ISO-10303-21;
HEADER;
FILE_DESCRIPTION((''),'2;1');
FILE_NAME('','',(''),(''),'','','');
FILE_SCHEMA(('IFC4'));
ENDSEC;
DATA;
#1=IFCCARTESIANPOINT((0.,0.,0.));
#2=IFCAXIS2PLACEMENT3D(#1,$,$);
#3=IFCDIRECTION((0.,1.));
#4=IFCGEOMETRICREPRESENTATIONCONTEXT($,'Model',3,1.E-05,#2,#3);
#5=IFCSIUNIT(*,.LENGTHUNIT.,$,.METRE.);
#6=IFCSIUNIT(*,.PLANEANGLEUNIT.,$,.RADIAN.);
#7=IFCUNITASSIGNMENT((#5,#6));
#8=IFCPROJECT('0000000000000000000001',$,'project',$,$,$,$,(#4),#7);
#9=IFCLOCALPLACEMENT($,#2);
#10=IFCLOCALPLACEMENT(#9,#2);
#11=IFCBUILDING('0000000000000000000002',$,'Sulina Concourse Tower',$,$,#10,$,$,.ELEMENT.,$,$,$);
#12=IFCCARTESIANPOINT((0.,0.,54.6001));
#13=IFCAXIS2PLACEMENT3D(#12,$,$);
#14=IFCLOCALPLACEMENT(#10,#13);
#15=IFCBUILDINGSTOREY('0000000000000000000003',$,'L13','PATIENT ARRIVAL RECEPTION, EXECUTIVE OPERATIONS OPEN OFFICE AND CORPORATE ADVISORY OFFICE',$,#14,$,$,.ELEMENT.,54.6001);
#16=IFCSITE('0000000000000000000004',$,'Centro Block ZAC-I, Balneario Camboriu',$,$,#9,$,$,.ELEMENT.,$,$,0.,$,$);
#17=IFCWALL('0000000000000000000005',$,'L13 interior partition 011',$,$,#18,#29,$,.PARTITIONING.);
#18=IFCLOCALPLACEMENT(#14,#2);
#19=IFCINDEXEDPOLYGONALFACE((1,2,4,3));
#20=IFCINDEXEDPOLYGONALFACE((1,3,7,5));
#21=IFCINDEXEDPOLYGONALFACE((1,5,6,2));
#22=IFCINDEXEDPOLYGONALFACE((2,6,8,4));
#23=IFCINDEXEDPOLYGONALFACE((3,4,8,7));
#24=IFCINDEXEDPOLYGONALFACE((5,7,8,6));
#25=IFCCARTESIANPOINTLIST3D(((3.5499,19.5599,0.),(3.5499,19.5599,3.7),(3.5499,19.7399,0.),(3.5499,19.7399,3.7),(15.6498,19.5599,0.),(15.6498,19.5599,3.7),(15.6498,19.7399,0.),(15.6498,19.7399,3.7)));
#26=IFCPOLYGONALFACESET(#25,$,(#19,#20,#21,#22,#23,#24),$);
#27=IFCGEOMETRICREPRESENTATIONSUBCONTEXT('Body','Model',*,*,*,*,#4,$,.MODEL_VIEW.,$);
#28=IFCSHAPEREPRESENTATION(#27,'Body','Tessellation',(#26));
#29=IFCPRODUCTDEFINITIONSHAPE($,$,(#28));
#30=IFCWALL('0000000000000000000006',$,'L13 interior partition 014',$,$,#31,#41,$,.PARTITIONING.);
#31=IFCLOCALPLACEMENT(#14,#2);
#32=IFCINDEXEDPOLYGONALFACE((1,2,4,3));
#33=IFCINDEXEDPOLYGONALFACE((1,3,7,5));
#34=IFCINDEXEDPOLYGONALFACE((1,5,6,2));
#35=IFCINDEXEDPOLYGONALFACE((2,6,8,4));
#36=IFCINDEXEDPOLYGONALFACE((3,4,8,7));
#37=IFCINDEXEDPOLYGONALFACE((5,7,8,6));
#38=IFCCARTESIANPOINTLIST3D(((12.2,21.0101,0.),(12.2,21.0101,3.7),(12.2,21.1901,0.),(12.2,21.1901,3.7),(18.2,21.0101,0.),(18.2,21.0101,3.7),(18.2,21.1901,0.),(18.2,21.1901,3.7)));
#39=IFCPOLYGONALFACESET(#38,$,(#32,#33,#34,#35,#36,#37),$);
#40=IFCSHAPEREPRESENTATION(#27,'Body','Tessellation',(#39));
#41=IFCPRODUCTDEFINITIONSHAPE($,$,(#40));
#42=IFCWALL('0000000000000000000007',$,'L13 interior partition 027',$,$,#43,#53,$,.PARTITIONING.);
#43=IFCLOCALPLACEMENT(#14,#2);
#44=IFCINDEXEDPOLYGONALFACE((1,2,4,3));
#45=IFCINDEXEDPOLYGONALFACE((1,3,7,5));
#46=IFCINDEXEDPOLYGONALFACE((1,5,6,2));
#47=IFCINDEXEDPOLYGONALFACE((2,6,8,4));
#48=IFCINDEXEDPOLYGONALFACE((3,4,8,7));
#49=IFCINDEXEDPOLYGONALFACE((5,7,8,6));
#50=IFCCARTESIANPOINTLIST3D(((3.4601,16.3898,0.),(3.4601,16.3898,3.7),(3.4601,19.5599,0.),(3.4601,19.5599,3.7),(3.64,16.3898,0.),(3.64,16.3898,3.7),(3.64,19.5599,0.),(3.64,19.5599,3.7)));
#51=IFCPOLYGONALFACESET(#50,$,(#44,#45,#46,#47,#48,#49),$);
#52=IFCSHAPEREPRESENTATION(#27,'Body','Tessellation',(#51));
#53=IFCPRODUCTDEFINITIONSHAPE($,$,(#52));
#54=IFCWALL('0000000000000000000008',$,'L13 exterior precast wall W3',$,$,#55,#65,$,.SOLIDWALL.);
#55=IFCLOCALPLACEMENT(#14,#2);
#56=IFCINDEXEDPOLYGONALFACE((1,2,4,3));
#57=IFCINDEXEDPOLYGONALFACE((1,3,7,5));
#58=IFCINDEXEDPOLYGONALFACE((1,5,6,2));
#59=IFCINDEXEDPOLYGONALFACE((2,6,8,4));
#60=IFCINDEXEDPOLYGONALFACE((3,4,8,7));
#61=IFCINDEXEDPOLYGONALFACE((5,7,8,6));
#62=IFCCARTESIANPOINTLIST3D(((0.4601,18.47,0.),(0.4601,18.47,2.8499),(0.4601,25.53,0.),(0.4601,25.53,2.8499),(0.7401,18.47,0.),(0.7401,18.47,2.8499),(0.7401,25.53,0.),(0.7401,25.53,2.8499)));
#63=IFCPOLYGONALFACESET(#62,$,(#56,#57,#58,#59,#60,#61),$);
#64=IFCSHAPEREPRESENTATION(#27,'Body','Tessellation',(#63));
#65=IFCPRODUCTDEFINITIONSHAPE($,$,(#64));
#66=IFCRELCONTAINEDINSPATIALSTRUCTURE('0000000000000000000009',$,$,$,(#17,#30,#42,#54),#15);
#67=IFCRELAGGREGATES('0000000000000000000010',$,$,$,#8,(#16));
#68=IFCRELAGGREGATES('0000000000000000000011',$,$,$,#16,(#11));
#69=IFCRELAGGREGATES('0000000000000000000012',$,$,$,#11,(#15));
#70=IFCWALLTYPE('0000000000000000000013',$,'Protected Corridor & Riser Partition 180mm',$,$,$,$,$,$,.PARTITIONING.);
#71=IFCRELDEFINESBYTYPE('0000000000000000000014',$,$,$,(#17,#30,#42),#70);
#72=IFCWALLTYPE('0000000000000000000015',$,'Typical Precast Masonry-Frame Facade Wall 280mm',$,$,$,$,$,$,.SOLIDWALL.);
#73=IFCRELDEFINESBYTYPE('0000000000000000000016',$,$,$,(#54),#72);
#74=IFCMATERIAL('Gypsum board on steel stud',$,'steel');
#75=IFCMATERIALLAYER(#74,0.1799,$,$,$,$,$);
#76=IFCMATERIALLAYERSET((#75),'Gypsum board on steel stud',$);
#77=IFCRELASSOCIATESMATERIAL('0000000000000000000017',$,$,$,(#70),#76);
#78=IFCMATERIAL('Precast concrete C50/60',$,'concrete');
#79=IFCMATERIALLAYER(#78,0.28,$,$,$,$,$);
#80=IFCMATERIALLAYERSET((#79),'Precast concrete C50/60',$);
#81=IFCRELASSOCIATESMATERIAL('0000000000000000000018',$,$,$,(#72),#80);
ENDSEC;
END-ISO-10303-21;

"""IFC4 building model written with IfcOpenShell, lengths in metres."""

from ifc_helpers import new_model, si_unit, direction, frame, frame_2d, origin, place, context, subcontext, project, spatial, rectangle, extrude, material, layer, layer_set, type_object, element, save


model = new_model("IFC4")

# Units and contexts
model_context = context("Model", 3, precision=1e-05, world=origin(), true_north=direction((0.0, 1.0)))
body_context = subcontext(model_context, "Body", "Model", "MODEL_VIEW")
ifc_project = project(units=[si_unit("LENGTHUNIT", "METRE"), si_unit("PLANEANGLEUNIT", "RADIAN")], contexts=[model_context])

# Site, building, storey
site_placement = place(None, origin())
site = spatial("IfcSite", under=ifc_project, at=site_placement, Name="Centro Block ZAC-I, Balneario Camboriu", CompositionType="ELEMENT", RefElevation=0.0)
building_placement = place(site_placement, origin())
building = spatial("IfcBuilding", under=site, at=building_placement, Name="Sulina Concourse Tower", CompositionType="ELEMENT")
storey_placement = place(building_placement, frame((0.0, 0.0, 54.6001)))
storey = spatial("IfcBuildingStorey", under=building, at=storey_placement, Name="L13", Description="PATIENT ARRIVAL RECEPTION, EXECUTIVE OPERATIONS OPEN OFFICE AND CORPORATE ADVISORY OFFICE", CompositionType="ELEMENT", Elevation=54.6001)

# Shared definitions
ifc_material_1 = material(Name="Gypsum board on steel stud", Category="steel")
ifc_layer_1 = layer(ifc_material_1, 0.1799)
ifc_layer_set_1 = layer_set([ifc_layer_1], Name="Gypsum board on steel stud")
wall_type_1 = type_object("IfcWallType", Name="Protected Corridor & Riser Partition 180mm", PredefinedType="PARTITIONING", material=ifc_layer_set_1)

# Walls
wall_1_placement = place(storey_placement, frame((3.55, 19.6499, 0.0), z_axis=(0.0, 0.0, 1.0), x_axis=(1.0, 0.0, 0.0)))
element("IfcWall", 1, at=wall_1_placement, inside=storey, type_object=wall_type_1, Name="L13 interior partition 011", PredefinedType="PARTITIONING", context=body_context, shape_type="SweptSolid", body=[
    extrude(rectangle(XDim=12.0999, YDim=0.1799, at=frame_2d((6.0498, 0.0))), origin(), (0.0, 0.0, 1.0), 3.7),
])
wall_2_placement = place(storey_placement, frame((12.2, 21.1001, 0.0), z_axis=(0.0, 0.0, 1.0), x_axis=(1.0, 0.0, 0.0)))
element("IfcWall", 2, at=wall_2_placement, inside=storey, type_object=wall_type_1, Name="L13 interior partition 014", PredefinedType="PARTITIONING", context=body_context, shape_type="SweptSolid", body=[
    extrude(rectangle(XDim=6.0, YDim=0.1799, at=frame_2d((3.0, 0.0))), origin(), (0.0, 0.0, 1.0), 3.7),
])
wall_3_placement = place(storey_placement, frame((3.55, 16.3899, 0.0), z_axis=(0.0, 0.0, 1.0), x_axis=(0.0, 1.0, 0.0)))
element("IfcWall", 3, at=wall_3_placement, inside=storey, type_object=wall_type_1, Name="L13 interior partition 027", PredefinedType="PARTITIONING", context=body_context, shape_type="SweptSolid", body=[
    extrude(rectangle(XDim=3.1702, YDim=0.1799, at=frame_2d((1.585, 0.0))), origin(), (0.0, 0.0, 1.0), 3.7),
])
ifc_material_2 = material(Name="Precast concrete C50/60", Category="concrete")
ifc_layer_2 = layer(ifc_material_2, 0.28)
ifc_layer_set_2 = layer_set([ifc_layer_2], Name="Precast concrete C50/60")
wall_type_2 = type_object("IfcWallType", Name="Typical Precast Masonry-Frame Facade Wall 280mm", PredefinedType="SOLIDWALL", material=ifc_layer_set_2)
wall_4_placement = place(storey_placement, frame((0.6001, 18.47, 0.0), z_axis=(0.0, 0.0, 1.0), x_axis=(0.0, 1.0, 0.0)))
element("IfcWall", 4, at=wall_4_placement, inside=storey, type_object=wall_type_2, Name="L13 exterior precast wall W3", PredefinedType="SOLIDWALL", context=body_context, shape_type="SweptSolid", body=[
    extrude(rectangle(XDim=7.0601, YDim=0.28, at=frame_2d((3.53, 0.0))), origin(), (0.0, 0.0, 1.0), 2.8499),
])

save(model, "model.ifc")
